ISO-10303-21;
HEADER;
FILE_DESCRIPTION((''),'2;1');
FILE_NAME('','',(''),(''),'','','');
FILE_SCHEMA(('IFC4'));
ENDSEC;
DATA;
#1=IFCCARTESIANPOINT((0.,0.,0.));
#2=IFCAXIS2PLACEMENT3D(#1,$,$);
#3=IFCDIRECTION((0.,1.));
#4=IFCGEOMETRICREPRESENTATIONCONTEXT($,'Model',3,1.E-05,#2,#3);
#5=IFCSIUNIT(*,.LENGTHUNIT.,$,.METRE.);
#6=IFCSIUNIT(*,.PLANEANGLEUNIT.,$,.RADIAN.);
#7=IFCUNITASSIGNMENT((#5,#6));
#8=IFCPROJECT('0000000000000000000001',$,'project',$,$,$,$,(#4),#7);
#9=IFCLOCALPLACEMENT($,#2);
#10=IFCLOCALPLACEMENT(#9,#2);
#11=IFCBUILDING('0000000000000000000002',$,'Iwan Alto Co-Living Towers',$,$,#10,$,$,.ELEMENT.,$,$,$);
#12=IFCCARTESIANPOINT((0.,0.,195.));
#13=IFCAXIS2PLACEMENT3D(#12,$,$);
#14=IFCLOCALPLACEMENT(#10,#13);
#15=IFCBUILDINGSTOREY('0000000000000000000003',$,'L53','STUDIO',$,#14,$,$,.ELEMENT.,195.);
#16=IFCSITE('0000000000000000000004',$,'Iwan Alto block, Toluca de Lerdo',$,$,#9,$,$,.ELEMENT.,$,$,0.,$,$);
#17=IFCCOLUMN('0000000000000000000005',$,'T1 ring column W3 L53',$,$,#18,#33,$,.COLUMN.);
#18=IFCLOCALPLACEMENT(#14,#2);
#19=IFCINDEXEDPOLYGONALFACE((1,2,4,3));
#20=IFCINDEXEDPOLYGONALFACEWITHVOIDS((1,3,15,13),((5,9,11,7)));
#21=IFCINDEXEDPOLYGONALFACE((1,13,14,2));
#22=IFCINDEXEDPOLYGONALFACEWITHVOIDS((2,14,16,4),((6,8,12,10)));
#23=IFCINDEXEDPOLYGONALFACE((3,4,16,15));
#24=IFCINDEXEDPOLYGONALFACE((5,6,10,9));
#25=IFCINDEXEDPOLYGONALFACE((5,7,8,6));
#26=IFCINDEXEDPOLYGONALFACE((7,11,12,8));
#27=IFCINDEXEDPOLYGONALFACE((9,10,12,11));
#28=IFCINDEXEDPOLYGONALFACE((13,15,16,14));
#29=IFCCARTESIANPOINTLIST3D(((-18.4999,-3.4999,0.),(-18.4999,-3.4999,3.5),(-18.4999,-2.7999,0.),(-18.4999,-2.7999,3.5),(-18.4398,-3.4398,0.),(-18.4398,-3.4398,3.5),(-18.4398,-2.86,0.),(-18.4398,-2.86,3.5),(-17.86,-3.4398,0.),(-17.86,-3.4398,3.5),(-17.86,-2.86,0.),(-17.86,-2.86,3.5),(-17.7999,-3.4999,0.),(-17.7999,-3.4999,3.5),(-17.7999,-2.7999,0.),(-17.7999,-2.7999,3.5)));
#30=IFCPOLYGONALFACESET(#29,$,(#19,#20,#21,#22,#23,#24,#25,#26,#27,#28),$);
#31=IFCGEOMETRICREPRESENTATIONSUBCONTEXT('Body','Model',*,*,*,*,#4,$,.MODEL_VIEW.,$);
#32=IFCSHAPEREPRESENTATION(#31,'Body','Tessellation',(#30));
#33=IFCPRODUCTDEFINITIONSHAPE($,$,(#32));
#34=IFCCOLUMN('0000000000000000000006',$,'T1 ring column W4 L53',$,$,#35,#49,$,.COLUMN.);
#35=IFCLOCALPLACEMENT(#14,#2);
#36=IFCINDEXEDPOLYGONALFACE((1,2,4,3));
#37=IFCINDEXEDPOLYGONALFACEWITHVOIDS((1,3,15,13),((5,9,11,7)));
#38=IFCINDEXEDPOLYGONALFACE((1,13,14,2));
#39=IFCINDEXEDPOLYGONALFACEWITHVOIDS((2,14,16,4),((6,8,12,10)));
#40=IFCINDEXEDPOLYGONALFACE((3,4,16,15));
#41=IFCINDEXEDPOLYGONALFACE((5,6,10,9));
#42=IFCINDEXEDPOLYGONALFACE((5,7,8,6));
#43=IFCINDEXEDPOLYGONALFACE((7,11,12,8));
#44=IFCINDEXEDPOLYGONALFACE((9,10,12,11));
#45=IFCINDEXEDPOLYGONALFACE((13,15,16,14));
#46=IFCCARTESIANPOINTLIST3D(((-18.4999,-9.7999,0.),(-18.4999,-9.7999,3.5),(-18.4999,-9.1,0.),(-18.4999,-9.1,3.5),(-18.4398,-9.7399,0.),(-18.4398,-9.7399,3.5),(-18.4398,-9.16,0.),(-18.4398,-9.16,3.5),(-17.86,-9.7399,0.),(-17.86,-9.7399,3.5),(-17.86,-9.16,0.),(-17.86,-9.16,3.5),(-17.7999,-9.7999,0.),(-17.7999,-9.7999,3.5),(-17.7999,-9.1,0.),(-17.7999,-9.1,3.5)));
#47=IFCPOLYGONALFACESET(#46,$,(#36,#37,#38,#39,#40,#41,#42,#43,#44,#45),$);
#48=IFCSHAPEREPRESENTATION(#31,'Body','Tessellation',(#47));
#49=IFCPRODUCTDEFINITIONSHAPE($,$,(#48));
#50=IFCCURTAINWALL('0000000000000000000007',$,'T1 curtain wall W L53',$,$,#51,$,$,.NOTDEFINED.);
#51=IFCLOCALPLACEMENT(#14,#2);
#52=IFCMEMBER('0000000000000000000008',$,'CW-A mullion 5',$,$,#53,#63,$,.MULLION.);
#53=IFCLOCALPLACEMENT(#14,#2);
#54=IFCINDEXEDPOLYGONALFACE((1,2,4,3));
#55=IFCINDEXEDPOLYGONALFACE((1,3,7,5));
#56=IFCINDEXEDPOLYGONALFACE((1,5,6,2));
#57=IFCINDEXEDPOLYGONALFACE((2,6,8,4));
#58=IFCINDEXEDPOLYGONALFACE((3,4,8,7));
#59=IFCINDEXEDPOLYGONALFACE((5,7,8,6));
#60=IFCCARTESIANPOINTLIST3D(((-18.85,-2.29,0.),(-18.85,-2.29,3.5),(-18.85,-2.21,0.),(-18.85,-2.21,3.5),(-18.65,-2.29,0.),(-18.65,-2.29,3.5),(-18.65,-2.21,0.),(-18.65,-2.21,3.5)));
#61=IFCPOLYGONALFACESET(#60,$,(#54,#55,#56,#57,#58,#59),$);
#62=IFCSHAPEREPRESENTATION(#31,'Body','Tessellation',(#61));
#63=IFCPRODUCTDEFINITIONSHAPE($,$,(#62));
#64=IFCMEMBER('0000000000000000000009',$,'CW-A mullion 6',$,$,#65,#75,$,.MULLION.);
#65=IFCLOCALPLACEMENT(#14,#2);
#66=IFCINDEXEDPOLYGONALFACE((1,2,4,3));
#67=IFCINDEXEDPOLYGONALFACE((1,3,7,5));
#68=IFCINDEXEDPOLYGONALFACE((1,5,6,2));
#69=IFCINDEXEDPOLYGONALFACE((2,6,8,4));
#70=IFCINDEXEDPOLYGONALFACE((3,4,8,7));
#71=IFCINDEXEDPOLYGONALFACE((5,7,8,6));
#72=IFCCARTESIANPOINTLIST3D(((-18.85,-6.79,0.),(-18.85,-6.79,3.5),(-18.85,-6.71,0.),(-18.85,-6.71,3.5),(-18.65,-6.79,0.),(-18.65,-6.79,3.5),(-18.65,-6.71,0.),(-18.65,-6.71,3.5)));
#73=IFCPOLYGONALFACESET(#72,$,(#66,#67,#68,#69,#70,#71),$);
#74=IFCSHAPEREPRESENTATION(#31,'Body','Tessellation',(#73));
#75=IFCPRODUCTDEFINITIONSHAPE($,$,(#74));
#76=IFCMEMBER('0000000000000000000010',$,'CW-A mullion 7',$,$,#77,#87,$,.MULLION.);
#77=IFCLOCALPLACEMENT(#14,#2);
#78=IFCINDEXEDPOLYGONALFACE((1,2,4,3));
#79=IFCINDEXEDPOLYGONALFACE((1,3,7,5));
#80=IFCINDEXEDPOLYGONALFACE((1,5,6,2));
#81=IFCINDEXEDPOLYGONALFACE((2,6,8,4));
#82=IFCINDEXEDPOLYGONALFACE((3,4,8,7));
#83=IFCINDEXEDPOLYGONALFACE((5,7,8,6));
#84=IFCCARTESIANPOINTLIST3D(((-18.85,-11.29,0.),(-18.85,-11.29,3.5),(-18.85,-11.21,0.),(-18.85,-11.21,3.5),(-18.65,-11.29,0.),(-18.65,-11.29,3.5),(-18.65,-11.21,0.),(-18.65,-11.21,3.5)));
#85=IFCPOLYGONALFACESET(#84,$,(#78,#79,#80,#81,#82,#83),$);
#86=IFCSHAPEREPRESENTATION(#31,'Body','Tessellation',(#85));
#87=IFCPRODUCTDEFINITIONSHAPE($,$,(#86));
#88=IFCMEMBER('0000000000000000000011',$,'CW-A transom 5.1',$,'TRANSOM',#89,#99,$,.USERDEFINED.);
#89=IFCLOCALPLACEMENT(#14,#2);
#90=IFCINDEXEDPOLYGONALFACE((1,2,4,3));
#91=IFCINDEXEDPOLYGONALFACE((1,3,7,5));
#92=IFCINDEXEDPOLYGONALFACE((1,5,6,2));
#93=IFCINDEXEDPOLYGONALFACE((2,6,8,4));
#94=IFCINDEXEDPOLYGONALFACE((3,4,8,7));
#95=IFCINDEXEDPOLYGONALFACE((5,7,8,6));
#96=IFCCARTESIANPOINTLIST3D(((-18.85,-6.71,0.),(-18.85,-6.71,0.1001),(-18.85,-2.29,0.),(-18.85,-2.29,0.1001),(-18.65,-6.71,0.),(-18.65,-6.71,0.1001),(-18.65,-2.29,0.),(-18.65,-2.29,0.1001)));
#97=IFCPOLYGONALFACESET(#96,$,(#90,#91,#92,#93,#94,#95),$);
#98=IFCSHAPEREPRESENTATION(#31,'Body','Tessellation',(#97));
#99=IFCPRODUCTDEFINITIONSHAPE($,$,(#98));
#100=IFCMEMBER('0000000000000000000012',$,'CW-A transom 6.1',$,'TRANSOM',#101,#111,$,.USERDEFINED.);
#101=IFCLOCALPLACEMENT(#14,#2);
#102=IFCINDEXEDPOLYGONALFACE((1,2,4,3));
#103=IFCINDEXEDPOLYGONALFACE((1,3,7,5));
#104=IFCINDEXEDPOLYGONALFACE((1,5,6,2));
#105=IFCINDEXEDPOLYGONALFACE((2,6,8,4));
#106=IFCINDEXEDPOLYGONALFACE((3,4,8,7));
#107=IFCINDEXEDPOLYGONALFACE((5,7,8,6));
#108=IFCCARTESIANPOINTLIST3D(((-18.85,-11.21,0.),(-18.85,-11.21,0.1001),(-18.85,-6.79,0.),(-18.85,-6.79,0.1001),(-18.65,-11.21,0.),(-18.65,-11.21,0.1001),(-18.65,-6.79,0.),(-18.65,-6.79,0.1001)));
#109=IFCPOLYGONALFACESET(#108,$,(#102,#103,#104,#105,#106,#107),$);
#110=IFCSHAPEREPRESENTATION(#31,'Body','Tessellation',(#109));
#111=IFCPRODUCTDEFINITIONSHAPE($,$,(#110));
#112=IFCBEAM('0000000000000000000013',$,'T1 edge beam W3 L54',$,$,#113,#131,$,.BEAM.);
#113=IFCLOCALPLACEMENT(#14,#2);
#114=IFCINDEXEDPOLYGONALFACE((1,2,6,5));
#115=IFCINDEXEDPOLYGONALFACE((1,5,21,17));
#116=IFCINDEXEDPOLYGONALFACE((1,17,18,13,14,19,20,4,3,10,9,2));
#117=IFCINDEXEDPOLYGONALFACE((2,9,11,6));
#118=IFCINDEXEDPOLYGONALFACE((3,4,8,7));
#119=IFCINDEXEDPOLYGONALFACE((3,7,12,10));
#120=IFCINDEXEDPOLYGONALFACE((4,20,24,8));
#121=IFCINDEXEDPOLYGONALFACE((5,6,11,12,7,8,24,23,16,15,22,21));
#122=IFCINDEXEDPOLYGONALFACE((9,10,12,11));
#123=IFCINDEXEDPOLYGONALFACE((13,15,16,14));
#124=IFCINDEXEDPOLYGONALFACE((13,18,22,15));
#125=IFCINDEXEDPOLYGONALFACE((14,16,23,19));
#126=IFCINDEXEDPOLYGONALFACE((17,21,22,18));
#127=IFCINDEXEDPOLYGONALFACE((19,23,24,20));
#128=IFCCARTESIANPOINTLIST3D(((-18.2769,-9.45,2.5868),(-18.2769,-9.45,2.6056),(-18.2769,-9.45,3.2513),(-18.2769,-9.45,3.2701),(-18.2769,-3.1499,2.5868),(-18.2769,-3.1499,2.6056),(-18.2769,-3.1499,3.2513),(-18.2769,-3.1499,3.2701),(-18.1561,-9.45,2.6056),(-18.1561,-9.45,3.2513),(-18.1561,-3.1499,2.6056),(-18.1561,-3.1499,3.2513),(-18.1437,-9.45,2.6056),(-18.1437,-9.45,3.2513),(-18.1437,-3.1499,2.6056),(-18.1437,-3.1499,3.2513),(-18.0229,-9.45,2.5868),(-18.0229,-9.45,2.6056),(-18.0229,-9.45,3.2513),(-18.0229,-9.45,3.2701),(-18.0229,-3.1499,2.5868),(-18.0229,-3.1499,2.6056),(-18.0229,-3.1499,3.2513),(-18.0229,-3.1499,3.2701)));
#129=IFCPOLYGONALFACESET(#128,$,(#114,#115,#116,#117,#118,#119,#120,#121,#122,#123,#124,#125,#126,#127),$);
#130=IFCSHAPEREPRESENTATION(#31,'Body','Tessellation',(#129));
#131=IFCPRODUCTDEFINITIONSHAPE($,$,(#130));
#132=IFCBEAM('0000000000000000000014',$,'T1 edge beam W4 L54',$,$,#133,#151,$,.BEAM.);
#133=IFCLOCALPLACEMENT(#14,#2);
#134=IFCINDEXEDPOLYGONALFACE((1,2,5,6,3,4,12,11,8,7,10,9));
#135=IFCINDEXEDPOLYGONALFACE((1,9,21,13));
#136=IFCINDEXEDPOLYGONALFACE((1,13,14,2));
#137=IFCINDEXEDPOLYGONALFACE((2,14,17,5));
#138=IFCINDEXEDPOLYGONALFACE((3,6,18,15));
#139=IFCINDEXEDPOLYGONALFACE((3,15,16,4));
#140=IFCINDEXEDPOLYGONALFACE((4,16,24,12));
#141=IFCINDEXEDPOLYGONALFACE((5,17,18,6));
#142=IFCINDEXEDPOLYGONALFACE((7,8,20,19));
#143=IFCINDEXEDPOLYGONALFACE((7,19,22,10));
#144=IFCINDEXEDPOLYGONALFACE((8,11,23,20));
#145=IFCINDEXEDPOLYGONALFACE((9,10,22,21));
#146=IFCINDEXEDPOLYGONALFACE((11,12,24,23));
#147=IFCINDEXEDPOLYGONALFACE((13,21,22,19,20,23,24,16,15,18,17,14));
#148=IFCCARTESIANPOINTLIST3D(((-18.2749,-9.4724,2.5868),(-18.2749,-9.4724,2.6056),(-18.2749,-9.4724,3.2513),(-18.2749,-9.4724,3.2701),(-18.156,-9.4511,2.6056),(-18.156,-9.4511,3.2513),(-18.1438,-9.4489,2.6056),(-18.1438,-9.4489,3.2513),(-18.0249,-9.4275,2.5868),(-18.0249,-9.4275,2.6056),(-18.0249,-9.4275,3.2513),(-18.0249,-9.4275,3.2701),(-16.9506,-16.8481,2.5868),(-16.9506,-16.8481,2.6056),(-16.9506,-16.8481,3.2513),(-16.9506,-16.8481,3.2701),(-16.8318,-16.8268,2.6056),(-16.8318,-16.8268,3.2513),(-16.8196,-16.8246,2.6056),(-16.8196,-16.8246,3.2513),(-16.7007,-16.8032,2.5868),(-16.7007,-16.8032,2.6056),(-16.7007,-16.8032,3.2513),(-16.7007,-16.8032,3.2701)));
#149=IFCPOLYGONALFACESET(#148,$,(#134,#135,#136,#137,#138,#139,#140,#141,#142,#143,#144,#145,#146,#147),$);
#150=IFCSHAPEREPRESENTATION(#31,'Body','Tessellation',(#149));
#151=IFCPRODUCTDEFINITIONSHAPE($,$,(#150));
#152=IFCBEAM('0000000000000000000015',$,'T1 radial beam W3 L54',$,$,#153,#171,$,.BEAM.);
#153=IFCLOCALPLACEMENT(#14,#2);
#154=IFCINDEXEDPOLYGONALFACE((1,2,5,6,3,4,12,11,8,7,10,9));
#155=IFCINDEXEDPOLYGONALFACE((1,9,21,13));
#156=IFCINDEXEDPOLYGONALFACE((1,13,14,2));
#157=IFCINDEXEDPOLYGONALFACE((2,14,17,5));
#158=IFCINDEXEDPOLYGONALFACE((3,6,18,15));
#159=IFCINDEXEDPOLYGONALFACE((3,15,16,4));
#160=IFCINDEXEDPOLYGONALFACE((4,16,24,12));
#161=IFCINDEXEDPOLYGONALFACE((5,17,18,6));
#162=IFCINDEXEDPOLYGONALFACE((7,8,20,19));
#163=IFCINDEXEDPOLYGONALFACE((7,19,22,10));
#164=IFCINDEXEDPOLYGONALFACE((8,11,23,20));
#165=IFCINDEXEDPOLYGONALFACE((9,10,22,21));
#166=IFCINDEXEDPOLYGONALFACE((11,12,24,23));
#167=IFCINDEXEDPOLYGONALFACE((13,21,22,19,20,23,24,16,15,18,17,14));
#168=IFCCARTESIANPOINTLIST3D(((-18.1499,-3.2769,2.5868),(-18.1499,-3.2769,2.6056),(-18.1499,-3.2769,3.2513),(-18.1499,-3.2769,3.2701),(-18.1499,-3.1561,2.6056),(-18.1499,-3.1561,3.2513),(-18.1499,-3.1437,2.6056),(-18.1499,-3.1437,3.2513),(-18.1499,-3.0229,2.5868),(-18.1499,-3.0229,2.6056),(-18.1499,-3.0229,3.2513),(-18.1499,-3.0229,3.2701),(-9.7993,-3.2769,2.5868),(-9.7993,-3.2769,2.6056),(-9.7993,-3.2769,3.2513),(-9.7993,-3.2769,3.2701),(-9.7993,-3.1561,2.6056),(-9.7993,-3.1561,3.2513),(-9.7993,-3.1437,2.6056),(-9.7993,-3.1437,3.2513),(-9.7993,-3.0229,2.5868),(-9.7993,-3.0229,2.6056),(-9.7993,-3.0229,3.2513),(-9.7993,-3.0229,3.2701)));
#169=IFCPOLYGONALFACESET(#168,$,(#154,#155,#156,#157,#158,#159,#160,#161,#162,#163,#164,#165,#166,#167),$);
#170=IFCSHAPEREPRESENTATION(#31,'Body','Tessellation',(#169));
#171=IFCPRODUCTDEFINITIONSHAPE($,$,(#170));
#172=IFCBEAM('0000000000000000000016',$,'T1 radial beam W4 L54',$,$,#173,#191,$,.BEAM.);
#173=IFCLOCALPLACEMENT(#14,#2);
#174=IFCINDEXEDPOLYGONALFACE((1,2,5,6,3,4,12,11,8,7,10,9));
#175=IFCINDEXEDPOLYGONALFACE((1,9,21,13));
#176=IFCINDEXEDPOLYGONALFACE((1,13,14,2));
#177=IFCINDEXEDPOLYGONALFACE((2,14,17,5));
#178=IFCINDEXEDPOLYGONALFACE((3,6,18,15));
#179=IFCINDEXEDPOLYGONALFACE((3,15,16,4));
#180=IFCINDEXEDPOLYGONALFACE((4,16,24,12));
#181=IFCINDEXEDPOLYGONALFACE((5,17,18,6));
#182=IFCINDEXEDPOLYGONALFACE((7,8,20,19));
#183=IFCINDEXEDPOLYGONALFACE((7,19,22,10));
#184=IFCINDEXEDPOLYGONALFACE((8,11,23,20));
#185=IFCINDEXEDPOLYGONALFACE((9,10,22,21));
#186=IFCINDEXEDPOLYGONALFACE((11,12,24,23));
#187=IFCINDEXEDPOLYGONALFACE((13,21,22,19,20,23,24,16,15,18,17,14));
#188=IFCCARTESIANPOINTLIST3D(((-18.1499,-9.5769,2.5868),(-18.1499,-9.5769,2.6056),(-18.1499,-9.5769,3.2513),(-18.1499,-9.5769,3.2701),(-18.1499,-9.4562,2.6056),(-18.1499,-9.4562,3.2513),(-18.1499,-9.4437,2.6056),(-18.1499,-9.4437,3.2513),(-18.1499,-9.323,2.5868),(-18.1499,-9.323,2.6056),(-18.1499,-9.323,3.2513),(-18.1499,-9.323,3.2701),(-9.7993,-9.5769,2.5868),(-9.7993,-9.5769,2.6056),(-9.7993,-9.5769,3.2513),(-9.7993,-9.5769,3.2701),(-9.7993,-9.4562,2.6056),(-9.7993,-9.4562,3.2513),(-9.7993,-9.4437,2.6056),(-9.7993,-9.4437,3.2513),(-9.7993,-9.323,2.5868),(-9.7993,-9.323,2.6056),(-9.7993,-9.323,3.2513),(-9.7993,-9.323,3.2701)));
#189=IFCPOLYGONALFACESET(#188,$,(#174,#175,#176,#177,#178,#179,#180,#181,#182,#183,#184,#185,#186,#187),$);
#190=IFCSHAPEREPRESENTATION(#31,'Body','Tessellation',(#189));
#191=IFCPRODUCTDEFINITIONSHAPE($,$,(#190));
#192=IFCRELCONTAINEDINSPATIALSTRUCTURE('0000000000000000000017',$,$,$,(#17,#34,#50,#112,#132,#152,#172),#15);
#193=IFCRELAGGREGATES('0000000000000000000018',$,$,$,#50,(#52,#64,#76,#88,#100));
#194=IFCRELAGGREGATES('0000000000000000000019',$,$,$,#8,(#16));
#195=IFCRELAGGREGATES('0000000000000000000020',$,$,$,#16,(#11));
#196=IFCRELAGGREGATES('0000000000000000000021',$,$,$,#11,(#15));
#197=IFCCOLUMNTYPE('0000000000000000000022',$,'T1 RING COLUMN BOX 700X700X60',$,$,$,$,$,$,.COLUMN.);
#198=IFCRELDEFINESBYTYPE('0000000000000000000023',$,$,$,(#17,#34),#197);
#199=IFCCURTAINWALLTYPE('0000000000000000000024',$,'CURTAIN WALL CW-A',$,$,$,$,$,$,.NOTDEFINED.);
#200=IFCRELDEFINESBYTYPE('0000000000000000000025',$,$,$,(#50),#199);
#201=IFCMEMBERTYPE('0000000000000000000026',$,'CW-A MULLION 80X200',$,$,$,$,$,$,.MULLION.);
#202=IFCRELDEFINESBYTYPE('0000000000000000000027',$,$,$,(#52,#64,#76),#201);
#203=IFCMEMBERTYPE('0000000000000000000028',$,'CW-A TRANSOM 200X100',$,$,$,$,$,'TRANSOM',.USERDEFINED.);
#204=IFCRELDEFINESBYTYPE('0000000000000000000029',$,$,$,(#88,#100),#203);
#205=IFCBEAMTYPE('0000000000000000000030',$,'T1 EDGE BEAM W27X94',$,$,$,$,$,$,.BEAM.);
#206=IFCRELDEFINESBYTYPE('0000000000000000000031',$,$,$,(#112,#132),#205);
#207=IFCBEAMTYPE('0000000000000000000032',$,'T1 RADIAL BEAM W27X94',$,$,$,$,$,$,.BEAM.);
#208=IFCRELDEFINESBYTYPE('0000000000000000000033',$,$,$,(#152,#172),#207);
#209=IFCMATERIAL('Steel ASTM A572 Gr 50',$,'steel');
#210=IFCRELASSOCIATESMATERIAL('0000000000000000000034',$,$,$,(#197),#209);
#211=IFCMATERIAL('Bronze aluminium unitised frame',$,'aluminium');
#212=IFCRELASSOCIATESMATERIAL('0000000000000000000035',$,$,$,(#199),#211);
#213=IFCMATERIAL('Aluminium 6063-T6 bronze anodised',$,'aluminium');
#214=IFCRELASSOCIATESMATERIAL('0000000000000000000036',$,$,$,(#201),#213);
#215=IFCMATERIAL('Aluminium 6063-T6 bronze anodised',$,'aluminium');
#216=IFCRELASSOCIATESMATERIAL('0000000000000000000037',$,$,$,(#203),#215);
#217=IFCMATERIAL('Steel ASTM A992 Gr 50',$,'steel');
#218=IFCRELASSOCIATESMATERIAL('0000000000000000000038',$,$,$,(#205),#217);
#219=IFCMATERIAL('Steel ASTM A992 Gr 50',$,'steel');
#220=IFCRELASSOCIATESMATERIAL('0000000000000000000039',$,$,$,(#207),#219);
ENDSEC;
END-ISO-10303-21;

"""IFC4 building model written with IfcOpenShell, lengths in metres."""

from ifc_helpers import new_model, si_unit, direction, frame, origin, origin_2d, place, context, subcontext, project, spatial, rectangle, hollow_rectangle, i_section, extrude, material, material_profile, profile_set, type_object, element, aggregate, save


model = new_model("IFC4")

# Units and contexts
model_context = context("Model", 3, precision=1e-05, world=origin(), true_north=direction((0.0, 1.0)))
body_context = subcontext(model_context, "Body", "Model", "MODEL_VIEW")
ifc_project = project(units=[si_unit("LENGTHUNIT", "METRE"), si_unit("PLANEANGLEUNIT", "RADIAN")], contexts=[model_context])

# Site, building, storey
site_placement = place(None, origin())
site = spatial("IfcSite", under=ifc_project, at=site_placement, Name="Iwan Alto block, Toluca de Lerdo", CompositionType="ELEMENT", RefElevation=0.0)
building_placement = place(site_placement, origin())
building = spatial("IfcBuilding", under=site, at=building_placement, Name="Iwan Alto Co-Living Towers", CompositionType="ELEMENT")
storey_placement = place(building_placement, frame((0.0, 0.0, 195.0)))
storey = spatial("IfcBuildingStorey", under=building, at=storey_placement, Name="L53", Description="STUDIO", CompositionType="ELEMENT", Elevation=195.0)

# Columns
ifc_material_1 = material(Name="Steel ASTM A572 Gr 50", Category="steel")
ifc_material_profile_1 = material_profile(ifc_material_1, hollow_rectangle(XDim=0.7, YDim=0.7, WallThickness=0.0601, at=origin_2d()), Name="BOX 700X700X60")
ifc_profile_set_1 = profile_set([ifc_material_profile_1], Name="Steel ASTM A572 Gr 50")
column_type = type_object("IfcColumnType", Name="T1 RING COLUMN BOX 700X700X60", PredefinedType="COLUMN", material=ifc_profile_set_1)
for number, where, z_axis, x_axis, name in (
    (1, (-18.1499, -3.1499, 0.0), (0.0, 0.0, 1.0), (1.0, 0.0, 0.0), "T1 ring column W3 L53"),
    (2, (-18.1499, -9.45, 0.0), (0.0, 0.0, 1.0), (1.0, 0.0, 0.0), "T1 ring column W4 L53"),
):
    element("IfcColumn", number, at=place(storey_placement, frame(where, z_axis=z_axis, x_axis=x_axis)), inside=storey, type_object=column_type, Name=name, PredefinedType="COLUMN", context=body_context, shape_type="SweptSolid", body=[
        extrude(hollow_rectangle(XDim=0.7, YDim=0.7, WallThickness=0.0601, at=origin_2d()), origin(), (0.0, 0.0, 1.0), 3.5),
    ])

# Curtain wall, members
ifc_material_2 = material(Name="Bronze aluminium unitised frame", Category="aluminium")
curtain_wall_type = type_object("IfcCurtainWallType", Name="CURTAIN WALL CW-A", PredefinedType="NOTDEFINED", material=ifc_material_2)
curtain_wall_placement = place(storey_placement, origin())
curtain_wall = element("IfcCurtainWall", 3, at=curtain_wall_placement, inside=storey, type_object=curtain_wall_type, Name="T1 curtain wall W L53", PredefinedType="NOTDEFINED")
ifc_material_3 = material(Name="Aluminium 6063-T6 bronze anodised", Category="aluminium")
ifc_material_profile_2 = material_profile(ifc_material_3, rectangle(XDim=0.2, YDim=0.0801, at=origin_2d()), Name="AL 80X200")
ifc_profile_set_2 = profile_set([ifc_material_profile_2], Name="Aluminium 6063-T6 bronze anodised")
member_type_1 = type_object("IfcMemberType", Name="CW-A MULLION 80X200", PredefinedType="MULLION", material=ifc_profile_set_2)
member_1_placement = place(storey_placement, frame((-18.75, -2.25, 0.0), z_axis=(0.0, 0.0, 1.0), x_axis=(1.0, 0.0, 0.0)))
member_1 = element("IfcMember", 4, at=member_1_placement, type_object=member_type_1, Name="CW-A mullion 5", PredefinedType="MULLION", context=body_context, shape_type="SweptSolid", body=[
    extrude(rectangle(XDim=0.2, YDim=0.0801, at=origin_2d()), origin(), (0.0, 0.0, 1.0), 3.5),
])
member_2_placement = place(storey_placement, frame((-18.75, -6.75, 0.0), z_axis=(0.0, 0.0, 1.0), x_axis=(1.0, 0.0, 0.0)))
member_2 = element("IfcMember", 5, at=member_2_placement, type_object=member_type_1, Name="CW-A mullion 6", PredefinedType="MULLION", context=body_context, shape_type="SweptSolid", body=[
    extrude(rectangle(XDim=0.2, YDim=0.0801, at=origin_2d()), origin(), (0.0, 0.0, 1.0), 3.5),
])
member_3_placement = place(storey_placement, frame((-18.75, -11.25, 0.0), z_axis=(0.0, 0.0, 1.0), x_axis=(1.0, 0.0, 0.0)))
member_3 = element("IfcMember", 6, at=member_3_placement, type_object=member_type_1, Name="CW-A mullion 7", PredefinedType="MULLION", context=body_context, shape_type="SweptSolid", body=[
    extrude(rectangle(XDim=0.2, YDim=0.0801, at=origin_2d()), origin(), (0.0, 0.0, 1.0), 3.5),
])
ifc_material_4 = material(Name="Aluminium 6063-T6 bronze anodised", Category="aluminium")
ifc_material_profile_3 = material_profile(ifc_material_4, rectangle(XDim=0.2, YDim=0.1001, at=origin_2d()), Name="AL 200X100")
ifc_profile_set_3 = profile_set([ifc_material_profile_3], Name="Aluminium 6063-T6 bronze anodised")
member_type_2 = type_object("IfcMemberType", Name="CW-A TRANSOM 200X100", ElementType="TRANSOM", PredefinedType="USERDEFINED", material=ifc_profile_set_3)
member_4_placement = place(storey_placement, frame((-18.75, -2.29, 0.05), z_axis=(0.0, -1.0, 0.0), x_axis=(1.0, 0.0, 0.0)))
member_4 = element("IfcMember", 7, at=member_4_placement, type_object=member_type_2, Name="CW-A transom 5.1", ObjectType="TRANSOM", PredefinedType="USERDEFINED", context=body_context, shape_type="SweptSolid", body=[
    extrude(rectangle(XDim=0.2, YDim=0.1001, at=origin_2d()), origin(), (0.0, 0.0, 1.0), 4.4199),
])
member_5_placement = place(storey_placement, frame((-18.75, -6.79, 0.05), z_axis=(0.0, -1.0, 0.0), x_axis=(1.0, 0.0, 0.0)))
member_5 = element("IfcMember", 8, at=member_5_placement, type_object=member_type_2, Name="CW-A transom 6.1", ObjectType="TRANSOM", PredefinedType="USERDEFINED", context=body_context, shape_type="SweptSolid", body=[
    extrude(rectangle(XDim=0.2, YDim=0.1001, at=origin_2d()), origin(), (0.0, 0.0, 1.0), 4.4199),
])

# Beams
ifc_material_5 = material(Name="Steel ASTM A992 Gr 50", Category="steel")
ifc_material_profile_4 = material_profile(ifc_material_5, i_section(OverallWidth=0.2539, OverallDepth=0.6833, WebThickness=0.0125, FlangeThickness=0.0188, at=origin_2d()), Name="W27X94")
ifc_profile_set_4 = profile_set([ifc_material_profile_4], Name="Steel ASTM A992 Gr 50")
beam_type_1 = type_object("IfcBeamType", Name="T1 EDGE BEAM W27X94", PredefinedType="BEAM", material=ifc_profile_set_4)
beam_1_placement = place(storey_placement, frame((-18.1499, -3.1499, 2.9285), z_axis=(0.0, -1.0, 0.0), x_axis=(1.0, 0.0, 0.0)))
element("IfcBeam", 9, at=beam_1_placement, inside=storey, type_object=beam_type_1, Name="T1 edge beam W3 L54", PredefinedType="BEAM", context=body_context, shape_type="SweptSolid", body=[
    extrude(i_section(OverallWidth=0.2539, OverallDepth=0.6833, WebThickness=0.0125, FlangeThickness=0.0188, at=origin_2d()), origin(), (0.0, 0.0, 1.0), 6.3),
])
beam_2_placement = place(storey_placement, frame((-18.1499, -9.45, 2.9285), z_axis=(0.176712, -0.984263, 0.0), x_axis=(0.984263, 0.176712, 0.0)))
element("IfcBeam", 10, at=beam_2_placement, inside=storey, type_object=beam_type_1, Name="T1 edge beam W4 L54", PredefinedType="BEAM", context=body_context, shape_type="SweptSolid", body=[
    extrude(i_section(OverallWidth=0.2539, OverallDepth=0.6833, WebThickness=0.0125, FlangeThickness=0.0188, at=origin_2d()), origin(), (0.0, 0.0, 1.0), 7.4937),
])
ifc_material_6 = material(Name="Steel ASTM A992 Gr 50", Category="steel")
ifc_material_profile_5 = material_profile(ifc_material_6, i_section(OverallWidth=0.2539, OverallDepth=0.6833, WebThickness=0.0125, FlangeThickness=0.0188, at=origin_2d()), Name="W27X94")
ifc_profile_set_5 = profile_set([ifc_material_profile_5], Name="Steel ASTM A992 Gr 50")
beam_type_2 = type_object("IfcBeamType", Name="T1 RADIAL BEAM W27X94", PredefinedType="BEAM", material=ifc_profile_set_5)
for number, where, z_axis, x_axis, name in (
    (11, (-18.1499, -3.1499, 2.9285), (1.0, 0.0, 0.0), (0.0, 1.0, 0.0), "T1 radial beam W3 L54"),
    (12, (-18.1499, -9.45, 2.9285), (1.0, 0.0, 0.0), (0.0, 1.0, 0.0), "T1 radial beam W4 L54"),
):
    element("IfcBeam", number, at=place(storey_placement, frame(where, z_axis=z_axis, x_axis=x_axis)), inside=storey, type_object=beam_type_2, Name=name, PredefinedType="BEAM", context=body_context, shape_type="SweptSolid", body=[
        extrude(i_section(OverallWidth=0.2539, OverallDepth=0.6833, WebThickness=0.0125, FlangeThickness=0.0188, at=origin_2d()), origin(), (0.0, 0.0, 1.0), 8.3506),
    ])

aggregate(curtain_wall, [member_1, member_2, member_3, member_4, member_5])

save(model, "model.ifc")
